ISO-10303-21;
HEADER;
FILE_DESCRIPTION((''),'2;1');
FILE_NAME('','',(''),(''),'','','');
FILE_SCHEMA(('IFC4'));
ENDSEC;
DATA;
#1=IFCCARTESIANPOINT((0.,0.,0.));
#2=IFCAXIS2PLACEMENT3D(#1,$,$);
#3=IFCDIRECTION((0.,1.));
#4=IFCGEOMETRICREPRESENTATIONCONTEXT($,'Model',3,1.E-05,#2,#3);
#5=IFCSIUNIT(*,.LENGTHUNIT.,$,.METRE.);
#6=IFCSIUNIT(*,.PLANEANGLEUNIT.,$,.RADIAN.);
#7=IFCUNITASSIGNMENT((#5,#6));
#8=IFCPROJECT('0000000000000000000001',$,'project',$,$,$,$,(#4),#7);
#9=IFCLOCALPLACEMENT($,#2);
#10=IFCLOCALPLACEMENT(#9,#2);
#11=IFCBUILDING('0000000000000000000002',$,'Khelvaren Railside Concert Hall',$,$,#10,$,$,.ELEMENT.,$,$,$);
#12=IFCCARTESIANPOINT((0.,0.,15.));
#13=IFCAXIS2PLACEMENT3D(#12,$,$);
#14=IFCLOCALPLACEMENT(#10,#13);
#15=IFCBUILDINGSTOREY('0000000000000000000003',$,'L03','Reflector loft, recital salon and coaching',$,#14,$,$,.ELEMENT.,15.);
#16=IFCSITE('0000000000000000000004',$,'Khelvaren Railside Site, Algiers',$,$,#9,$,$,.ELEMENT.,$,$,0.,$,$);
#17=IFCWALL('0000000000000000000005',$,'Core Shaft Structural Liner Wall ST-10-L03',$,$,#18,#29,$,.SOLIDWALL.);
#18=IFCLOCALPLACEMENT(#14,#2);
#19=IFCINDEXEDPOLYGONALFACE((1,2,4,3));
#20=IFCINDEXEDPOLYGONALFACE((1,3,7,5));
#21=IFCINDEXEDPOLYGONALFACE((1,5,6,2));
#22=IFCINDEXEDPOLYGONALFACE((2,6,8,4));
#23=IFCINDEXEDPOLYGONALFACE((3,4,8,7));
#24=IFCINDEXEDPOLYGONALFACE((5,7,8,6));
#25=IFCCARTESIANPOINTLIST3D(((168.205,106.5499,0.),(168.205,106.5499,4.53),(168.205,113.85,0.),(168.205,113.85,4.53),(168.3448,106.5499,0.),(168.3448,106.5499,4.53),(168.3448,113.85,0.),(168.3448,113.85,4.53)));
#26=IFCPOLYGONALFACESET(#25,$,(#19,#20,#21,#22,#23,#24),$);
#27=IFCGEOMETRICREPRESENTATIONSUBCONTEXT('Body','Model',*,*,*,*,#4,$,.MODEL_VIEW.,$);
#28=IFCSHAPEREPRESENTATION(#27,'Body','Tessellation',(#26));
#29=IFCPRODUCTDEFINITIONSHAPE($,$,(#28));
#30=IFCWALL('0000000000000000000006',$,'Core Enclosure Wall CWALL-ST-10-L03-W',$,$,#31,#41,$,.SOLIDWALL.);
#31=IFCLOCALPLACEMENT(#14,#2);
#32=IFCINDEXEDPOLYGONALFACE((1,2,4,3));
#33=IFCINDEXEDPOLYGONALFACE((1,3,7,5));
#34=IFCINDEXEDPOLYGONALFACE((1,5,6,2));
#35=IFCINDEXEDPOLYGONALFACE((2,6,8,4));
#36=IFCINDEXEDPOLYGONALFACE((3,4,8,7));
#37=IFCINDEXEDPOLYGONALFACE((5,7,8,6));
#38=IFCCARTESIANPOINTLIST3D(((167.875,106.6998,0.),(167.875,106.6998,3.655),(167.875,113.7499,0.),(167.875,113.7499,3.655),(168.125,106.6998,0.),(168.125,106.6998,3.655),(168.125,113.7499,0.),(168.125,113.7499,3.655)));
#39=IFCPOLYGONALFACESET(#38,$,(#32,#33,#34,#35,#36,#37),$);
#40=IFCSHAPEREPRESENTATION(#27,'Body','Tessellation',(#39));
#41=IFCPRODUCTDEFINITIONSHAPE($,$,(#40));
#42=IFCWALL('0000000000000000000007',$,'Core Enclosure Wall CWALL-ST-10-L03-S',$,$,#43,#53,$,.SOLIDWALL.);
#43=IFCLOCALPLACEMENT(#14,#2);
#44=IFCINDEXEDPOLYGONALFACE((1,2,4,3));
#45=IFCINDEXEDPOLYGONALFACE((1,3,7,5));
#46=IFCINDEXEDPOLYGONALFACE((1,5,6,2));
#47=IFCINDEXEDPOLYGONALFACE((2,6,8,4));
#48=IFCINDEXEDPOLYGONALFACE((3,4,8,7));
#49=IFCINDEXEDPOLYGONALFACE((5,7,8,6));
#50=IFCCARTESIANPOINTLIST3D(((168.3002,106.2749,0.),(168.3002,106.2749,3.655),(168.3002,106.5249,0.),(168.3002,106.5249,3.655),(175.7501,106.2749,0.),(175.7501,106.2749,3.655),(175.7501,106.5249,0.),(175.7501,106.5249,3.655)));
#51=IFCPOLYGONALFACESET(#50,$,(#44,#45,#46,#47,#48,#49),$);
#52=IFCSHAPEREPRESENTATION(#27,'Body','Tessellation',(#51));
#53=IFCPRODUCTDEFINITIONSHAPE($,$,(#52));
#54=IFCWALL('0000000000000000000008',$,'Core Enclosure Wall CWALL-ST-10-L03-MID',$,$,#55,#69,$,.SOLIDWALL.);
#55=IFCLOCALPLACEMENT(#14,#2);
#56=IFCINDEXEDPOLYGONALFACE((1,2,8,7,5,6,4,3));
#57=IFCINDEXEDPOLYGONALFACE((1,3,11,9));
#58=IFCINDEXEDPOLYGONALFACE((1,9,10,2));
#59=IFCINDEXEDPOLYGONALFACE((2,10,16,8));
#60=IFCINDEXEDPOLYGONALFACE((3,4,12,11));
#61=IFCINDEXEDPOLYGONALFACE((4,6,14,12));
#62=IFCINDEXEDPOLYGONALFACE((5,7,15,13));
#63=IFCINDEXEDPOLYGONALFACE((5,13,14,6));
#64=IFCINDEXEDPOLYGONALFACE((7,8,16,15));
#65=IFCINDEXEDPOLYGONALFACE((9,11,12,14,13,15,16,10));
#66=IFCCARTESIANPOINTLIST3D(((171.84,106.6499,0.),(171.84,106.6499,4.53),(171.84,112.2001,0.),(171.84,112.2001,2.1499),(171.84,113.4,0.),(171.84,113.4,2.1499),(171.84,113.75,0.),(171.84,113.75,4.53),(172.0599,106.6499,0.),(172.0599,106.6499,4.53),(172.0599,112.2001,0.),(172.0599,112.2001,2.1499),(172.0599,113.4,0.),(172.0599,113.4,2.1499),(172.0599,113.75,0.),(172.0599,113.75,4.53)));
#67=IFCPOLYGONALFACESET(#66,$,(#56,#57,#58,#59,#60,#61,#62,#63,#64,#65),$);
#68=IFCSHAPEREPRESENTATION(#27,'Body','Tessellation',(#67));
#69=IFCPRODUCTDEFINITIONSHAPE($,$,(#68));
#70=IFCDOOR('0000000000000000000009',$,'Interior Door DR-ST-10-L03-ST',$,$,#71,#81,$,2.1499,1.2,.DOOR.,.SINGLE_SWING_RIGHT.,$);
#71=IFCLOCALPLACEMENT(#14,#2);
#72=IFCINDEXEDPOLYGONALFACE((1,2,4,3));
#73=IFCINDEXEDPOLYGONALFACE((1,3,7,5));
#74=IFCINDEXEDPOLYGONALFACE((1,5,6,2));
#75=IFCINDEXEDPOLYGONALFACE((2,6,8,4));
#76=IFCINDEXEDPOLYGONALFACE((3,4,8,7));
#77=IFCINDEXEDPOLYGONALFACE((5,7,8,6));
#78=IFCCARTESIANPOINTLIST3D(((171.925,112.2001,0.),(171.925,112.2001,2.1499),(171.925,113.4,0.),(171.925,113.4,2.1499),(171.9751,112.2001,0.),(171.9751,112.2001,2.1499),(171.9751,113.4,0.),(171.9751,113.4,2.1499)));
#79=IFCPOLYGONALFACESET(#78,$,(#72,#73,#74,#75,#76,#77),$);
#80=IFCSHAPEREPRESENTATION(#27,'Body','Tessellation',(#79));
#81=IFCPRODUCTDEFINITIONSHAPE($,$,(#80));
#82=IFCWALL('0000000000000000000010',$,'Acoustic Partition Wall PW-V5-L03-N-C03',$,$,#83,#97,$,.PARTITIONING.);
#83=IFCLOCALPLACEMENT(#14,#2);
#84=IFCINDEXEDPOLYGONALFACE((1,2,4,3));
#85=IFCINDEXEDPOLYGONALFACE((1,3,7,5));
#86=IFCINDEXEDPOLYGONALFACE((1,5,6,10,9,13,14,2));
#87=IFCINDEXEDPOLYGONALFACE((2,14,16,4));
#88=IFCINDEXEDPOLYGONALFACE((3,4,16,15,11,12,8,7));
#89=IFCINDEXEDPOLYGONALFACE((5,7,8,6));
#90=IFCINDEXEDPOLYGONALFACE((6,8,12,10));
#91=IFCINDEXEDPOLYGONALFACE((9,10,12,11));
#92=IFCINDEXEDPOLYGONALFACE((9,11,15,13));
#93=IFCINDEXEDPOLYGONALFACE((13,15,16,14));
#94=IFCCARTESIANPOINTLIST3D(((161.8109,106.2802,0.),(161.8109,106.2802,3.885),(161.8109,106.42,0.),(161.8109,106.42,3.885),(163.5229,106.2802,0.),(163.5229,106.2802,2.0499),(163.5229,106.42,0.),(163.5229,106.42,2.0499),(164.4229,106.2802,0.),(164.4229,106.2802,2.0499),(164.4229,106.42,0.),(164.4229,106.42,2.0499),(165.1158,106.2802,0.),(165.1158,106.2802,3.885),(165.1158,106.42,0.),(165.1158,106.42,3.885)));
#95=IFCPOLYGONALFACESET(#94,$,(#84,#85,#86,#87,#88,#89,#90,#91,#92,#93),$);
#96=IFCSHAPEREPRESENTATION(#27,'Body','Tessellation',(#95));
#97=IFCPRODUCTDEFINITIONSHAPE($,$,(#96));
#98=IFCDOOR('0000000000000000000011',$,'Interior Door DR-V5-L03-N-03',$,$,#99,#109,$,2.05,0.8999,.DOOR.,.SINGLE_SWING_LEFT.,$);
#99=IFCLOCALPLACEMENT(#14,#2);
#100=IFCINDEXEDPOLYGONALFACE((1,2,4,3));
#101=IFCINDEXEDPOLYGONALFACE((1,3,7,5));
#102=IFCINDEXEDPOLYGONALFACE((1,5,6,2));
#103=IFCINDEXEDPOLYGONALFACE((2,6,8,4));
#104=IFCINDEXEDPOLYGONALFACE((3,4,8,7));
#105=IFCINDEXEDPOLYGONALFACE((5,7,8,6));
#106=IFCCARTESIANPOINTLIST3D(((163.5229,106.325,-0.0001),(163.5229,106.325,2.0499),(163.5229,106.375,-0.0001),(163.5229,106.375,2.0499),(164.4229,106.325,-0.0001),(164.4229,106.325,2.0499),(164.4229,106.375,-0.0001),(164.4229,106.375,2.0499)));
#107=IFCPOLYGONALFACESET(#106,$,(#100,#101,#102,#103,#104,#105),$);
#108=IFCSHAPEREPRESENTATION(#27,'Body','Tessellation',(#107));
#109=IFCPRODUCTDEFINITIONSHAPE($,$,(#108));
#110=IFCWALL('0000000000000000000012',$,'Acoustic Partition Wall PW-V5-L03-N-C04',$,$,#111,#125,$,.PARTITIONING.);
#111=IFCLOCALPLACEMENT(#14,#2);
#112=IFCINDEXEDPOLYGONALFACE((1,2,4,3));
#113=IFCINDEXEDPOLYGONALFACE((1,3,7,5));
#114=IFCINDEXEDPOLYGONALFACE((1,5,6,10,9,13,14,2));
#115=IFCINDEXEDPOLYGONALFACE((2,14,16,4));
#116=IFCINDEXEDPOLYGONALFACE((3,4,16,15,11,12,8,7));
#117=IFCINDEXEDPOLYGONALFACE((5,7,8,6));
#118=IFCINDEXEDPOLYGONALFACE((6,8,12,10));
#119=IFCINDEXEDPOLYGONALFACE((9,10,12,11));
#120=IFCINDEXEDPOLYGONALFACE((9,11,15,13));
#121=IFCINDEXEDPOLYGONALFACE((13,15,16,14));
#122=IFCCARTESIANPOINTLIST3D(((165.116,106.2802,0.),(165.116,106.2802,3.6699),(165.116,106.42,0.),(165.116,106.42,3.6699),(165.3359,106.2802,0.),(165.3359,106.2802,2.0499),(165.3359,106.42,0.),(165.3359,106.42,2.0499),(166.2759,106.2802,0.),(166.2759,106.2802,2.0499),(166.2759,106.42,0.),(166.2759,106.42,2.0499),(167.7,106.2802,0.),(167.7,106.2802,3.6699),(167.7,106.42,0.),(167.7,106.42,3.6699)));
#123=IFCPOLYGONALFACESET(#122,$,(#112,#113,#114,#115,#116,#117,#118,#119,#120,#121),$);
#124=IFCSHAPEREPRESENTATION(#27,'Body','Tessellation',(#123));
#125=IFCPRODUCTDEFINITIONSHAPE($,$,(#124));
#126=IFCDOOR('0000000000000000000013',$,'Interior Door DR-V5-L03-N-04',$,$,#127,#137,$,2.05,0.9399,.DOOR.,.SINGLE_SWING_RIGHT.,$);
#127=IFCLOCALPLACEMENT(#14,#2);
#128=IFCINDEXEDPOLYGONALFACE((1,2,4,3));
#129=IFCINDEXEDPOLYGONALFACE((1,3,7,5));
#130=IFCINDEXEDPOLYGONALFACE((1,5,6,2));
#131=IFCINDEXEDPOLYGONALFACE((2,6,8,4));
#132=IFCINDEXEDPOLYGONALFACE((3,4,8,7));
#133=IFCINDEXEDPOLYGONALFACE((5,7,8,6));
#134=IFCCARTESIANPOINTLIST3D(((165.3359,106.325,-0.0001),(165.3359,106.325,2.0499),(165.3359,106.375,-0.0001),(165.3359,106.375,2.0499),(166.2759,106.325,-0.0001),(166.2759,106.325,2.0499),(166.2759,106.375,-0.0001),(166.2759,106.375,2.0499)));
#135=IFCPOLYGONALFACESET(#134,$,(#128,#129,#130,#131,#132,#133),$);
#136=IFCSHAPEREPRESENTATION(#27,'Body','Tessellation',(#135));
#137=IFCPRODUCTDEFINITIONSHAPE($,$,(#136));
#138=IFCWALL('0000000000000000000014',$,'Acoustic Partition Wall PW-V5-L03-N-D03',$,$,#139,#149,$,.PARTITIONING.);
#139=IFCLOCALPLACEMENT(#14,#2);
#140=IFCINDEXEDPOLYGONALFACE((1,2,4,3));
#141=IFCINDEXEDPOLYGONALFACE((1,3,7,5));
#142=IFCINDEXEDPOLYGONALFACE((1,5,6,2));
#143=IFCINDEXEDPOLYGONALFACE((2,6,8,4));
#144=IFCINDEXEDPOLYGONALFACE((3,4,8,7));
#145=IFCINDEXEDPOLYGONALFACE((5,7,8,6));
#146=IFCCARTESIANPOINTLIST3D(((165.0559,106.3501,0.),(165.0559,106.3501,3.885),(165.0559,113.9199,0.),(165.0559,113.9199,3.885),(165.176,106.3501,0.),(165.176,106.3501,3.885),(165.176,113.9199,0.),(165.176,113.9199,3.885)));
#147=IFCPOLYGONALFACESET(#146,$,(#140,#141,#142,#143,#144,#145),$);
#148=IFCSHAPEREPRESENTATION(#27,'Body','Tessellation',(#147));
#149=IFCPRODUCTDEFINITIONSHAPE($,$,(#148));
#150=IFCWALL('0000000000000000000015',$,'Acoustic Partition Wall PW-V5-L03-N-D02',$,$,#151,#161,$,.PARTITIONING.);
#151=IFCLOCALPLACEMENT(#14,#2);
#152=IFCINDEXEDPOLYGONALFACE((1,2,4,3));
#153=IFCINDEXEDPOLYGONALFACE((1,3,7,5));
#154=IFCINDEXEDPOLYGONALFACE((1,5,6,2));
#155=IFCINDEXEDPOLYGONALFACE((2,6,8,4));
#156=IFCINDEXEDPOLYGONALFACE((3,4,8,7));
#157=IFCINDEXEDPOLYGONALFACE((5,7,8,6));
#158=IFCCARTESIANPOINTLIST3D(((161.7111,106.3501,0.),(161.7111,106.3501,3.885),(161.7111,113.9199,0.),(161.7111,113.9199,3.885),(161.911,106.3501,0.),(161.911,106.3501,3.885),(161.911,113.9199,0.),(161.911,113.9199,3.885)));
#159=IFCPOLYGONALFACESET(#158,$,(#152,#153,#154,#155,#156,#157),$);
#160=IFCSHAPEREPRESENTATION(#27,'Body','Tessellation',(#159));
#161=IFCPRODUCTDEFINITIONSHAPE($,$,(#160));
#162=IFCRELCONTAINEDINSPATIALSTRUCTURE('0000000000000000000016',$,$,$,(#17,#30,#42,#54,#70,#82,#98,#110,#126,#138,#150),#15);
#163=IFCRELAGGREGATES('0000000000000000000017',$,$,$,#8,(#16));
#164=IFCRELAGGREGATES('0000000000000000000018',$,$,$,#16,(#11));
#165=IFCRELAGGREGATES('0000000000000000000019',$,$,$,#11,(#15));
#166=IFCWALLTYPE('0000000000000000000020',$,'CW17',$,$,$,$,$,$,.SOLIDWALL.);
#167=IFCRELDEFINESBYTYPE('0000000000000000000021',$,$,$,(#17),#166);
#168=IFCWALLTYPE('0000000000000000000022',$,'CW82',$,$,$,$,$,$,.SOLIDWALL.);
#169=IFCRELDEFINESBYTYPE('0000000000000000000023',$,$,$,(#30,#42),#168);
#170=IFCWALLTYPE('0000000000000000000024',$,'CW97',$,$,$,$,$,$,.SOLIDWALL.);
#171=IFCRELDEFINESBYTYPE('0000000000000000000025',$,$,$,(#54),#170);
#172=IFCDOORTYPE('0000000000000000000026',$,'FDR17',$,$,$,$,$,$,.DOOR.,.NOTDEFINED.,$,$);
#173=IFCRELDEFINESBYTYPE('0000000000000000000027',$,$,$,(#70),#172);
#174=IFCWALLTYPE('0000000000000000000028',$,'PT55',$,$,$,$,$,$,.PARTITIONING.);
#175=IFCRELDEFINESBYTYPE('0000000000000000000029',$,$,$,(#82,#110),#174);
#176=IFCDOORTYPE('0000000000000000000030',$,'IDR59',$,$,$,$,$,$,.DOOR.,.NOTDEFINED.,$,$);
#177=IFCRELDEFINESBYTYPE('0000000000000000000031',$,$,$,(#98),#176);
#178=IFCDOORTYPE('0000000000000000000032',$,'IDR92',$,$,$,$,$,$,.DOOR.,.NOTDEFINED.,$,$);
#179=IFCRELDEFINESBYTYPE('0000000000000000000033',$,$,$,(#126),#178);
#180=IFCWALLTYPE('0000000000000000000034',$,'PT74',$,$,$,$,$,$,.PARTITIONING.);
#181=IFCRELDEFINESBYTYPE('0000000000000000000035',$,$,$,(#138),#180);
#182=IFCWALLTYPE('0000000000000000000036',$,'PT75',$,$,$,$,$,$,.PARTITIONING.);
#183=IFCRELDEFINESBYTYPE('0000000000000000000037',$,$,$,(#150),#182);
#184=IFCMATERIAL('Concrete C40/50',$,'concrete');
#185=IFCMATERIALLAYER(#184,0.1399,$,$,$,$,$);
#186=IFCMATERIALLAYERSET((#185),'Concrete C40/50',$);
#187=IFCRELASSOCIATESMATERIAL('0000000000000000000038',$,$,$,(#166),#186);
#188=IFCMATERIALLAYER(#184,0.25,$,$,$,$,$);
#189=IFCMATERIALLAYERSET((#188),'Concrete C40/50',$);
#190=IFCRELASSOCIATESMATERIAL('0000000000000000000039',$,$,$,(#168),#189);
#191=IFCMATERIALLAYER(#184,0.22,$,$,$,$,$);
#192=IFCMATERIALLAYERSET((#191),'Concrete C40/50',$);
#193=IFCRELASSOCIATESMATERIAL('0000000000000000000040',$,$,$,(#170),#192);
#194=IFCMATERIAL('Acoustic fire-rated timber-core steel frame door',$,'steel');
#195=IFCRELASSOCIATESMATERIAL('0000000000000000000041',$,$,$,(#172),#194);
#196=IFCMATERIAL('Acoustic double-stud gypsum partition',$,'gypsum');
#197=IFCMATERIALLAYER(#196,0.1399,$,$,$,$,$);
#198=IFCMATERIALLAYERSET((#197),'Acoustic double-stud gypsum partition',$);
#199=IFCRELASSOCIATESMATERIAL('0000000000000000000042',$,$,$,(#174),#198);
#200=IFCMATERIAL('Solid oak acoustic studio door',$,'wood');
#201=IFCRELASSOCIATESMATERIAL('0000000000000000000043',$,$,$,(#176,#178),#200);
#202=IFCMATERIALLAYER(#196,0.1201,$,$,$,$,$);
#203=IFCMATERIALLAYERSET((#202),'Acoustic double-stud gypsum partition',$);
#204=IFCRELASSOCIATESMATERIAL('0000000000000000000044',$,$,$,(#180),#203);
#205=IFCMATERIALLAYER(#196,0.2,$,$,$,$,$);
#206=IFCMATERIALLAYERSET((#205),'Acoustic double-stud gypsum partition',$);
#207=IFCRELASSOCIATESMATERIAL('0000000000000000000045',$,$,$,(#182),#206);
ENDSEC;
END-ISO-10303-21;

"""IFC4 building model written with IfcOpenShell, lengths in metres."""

from ifc_helpers import new_model, si_unit, direction, frame, frame_2d, origin, place, context, subcontext, project, spatial, rectangle, extrude, material, layer, layer_set, type_object, element, fill, save


model = new_model("IFC4")

# Units and contexts
model_context = context("Model", 3, precision=1e-05, world=origin(), true_north=direction((0.0, 1.0)))
body_context = subcontext(model_context, "Body", "Model", "MODEL_VIEW")
ifc_project = project(units=[si_unit("LENGTHUNIT", "METRE"), si_unit("PLANEANGLEUNIT", "RADIAN")], contexts=[model_context])

# Site, building, storey
site_placement = place(None, origin())
site = spatial("IfcSite", under=ifc_project, at=site_placement, Name="Khelvaren Railside Site, Algiers", CompositionType="ELEMENT", RefElevation=0.0)
building_placement = place(site_placement, origin())
building = spatial("IfcBuilding", under=site, at=building_placement, Name="Khelvaren Railside Concert Hall", CompositionType="ELEMENT")
storey_placement = place(building_placement, frame((0.0, 0.0, 15.0)))
storey = spatial("IfcBuildingStorey", under=building, at=storey_placement, Name="L03", Description="Reflector loft, recital salon and coaching", CompositionType="ELEMENT", Elevation=15.0)

# Shared definitions
ifc_material_1 = material(Name="Concrete C40/50", Category="concrete")

# Walls
ifc_layer_1 = layer(ifc_material_1, 0.1399)
ifc_layer_set_1 = layer_set([ifc_layer_1], Name="Concrete C40/50")
wall_type_1 = type_object("IfcWallType", Name="CW17", PredefinedType="SOLIDWALL", material=ifc_layer_set_1)
wall_1_placement = place(storey_placement, frame((168.2749, 106.55, 0.0), z_axis=(0.0, 0.0, 1.0), x_axis=(0.0, 1.0, 0.0)))
element("IfcWall", 1, at=wall_1_placement, inside=storey, type_object=wall_type_1, Name="Core Shaft Structural Liner Wall ST-10-L03", PredefinedType="SOLIDWALL", context=body_context, shape_type="SweptSolid", body=[
    extrude(rectangle(XDim=7.3, YDim=0.1399, at=frame_2d((3.6499, 0.0))), origin(), (0.0, 0.0, 1.0), 4.53),
])
ifc_layer_2 = layer(ifc_material_1, 0.25)
ifc_layer_set_2 = layer_set([ifc_layer_2], Name="Concrete C40/50")
wall_type_2 = type_object("IfcWallType", Name="CW82", PredefinedType="SOLIDWALL", material=ifc_layer_set_2)
wall_2_placement = place(storey_placement, frame((168.0, 106.7, 0.0), z_axis=(0.0, 0.0, 1.0), x_axis=(0.0, 1.0, 0.0)))
element("IfcWall", 2, at=wall_2_placement, inside=storey, type_object=wall_type_2, Name="Core Enclosure Wall CWALL-ST-10-L03-W", PredefinedType="SOLIDWALL", context=body_context, shape_type="SweptSolid", body=[
    extrude(rectangle(XDim=7.05, YDim=0.25, at=frame_2d((3.5249, 0.0))), origin(), (0.0, 0.0, 1.0), 3.655),
])
wall_3_placement = place(storey_placement, frame((168.3, 106.3999, 0.0), z_axis=(0.0, 0.0, 1.0), x_axis=(1.0, 0.0, 0.0)))
element("IfcWall", 3, at=wall_3_placement, inside=storey, type_object=wall_type_2, Name="Core Enclosure Wall CWALL-ST-10-L03-S", PredefinedType="SOLIDWALL", context=body_context, shape_type="SweptSolid", body=[
    extrude(rectangle(XDim=7.45, YDim=0.25, at=frame_2d((3.7251, 0.0))), origin(), (0.0, 0.0, 1.0), 3.655),
])

# Walls, openings, doors
ifc_layer_3 = layer(ifc_material_1, 0.22)
ifc_layer_set_3 = layer_set([ifc_layer_3], Name="Concrete C40/50")
wall_type_3 = type_object("IfcWallType", Name="CW97", PredefinedType="SOLIDWALL", material=ifc_layer_set_3)
wall_4_placement = place(storey_placement, frame((171.95, 106.6499, 0.0), z_axis=(0.0, 0.0, 1.0), x_axis=(0.0, 1.0, 0.0)))
wall_4 = element("IfcWall", 4, at=wall_4_placement, inside=storey, type_object=wall_type_3, Name="Core Enclosure Wall CWALL-ST-10-L03-MID", PredefinedType="SOLIDWALL", context=body_context, shape_type="SweptSolid", body=[
    extrude(rectangle(XDim=7.1001, YDim=0.22, at=frame_2d((3.55, 0.0))), origin(), (0.0, 0.0, 1.0), 4.53),
])
opening_1_placement = place(wall_4_placement, frame((5.55, 0.0, 0.0)))
opening_1 = element("IfcOpeningElement", 5, at=opening_1_placement, cuts=wall_4, PredefinedType="OPENING", context=body_context, shape_type="SweptSolid", body=[
    extrude(rectangle(XDim=1.2, YDim=2.1499, at=frame_2d((0.6001, 1.075))), frame((0.0, 0.1199, 0.0), z_axis=(0.0, -1.0, 0.0), x_axis=(1.0, 0.0, 0.0)), (0.0, 0.0, 1.0), 0.24),
])
ifc_material_2 = material(Name="Acoustic fire-rated timber-core steel frame door", Category="steel")
door_type_1 = type_object("IfcDoorType", Name="FDR17", OperationType="NOTDEFINED", PredefinedType="DOOR", material=ifc_material_2)
door_1_placement = place(opening_1_placement, origin())
door_1 = element("IfcDoor", 6, at=door_1_placement, inside=storey, type_object=door_type_1, Name="Interior Door DR-ST-10-L03-ST", OperationType="SINGLE_SWING_RIGHT", OverallHeight=2.1499, OverallWidth=1.2, PredefinedType="DOOR", context=body_context, shape_type="SweptSolid", body=[
    extrude(rectangle(XDim=1.2, YDim=2.1499, at=frame_2d((0.6001, 1.075))), frame((0.0, 0.0249, 0.0), z_axis=(0.0, -1.0, 0.0), x_axis=(1.0, 0.0, 0.0)), (0.0, 0.0, 1.0), 0.05),
])
fill(opening_1, door_1)
ifc_material_3 = material(Name="Acoustic double-stud gypsum partition", Category="gypsum")
ifc_layer_4 = layer(ifc_material_3, 0.1399)
ifc_layer_set_4 = layer_set([ifc_layer_4], Name="Acoustic double-stud gypsum partition")
wall_type_4 = type_object("IfcWallType", Name="PT55", PredefinedType="PARTITIONING", material=ifc_layer_set_4)
wall_5_placement = place(storey_placement, frame((161.811, 106.3501, 0.0), z_axis=(0.0, 0.0, 1.0), x_axis=(1.0, 0.0, 0.0)))
wall_5 = element("IfcWall", 7, at=wall_5_placement, inside=storey, type_object=wall_type_4, Name="Acoustic Partition Wall PW-V5-L03-N-C03", PredefinedType="PARTITIONING", context=body_context, shape_type="SweptSolid", body=[
    extrude(rectangle(XDim=3.3049, YDim=0.1399, at=frame_2d((1.6523, 0.0))), origin(), (0.0, 0.0, 1.0), 3.885),
])
opening_2_placement = place(wall_5_placement, frame((1.7119, 0.0, 0.0)))
opening_2 = element("IfcOpeningElement", 8, at=opening_2_placement, cuts=wall_5, PredefinedType="OPENING", context=body_context, shape_type="SweptSolid", body=[
    extrude(rectangle(XDim=0.8999, YDim=2.05, at=frame_2d((0.45, 1.0249))), frame((0.0, 0.0798, 0.0), z_axis=(0.0, -1.0, 0.0), x_axis=(1.0, 0.0, 0.0)), (0.0, 0.0, 1.0), 0.1599),
])
ifc_material_4 = material(Name="Solid oak acoustic studio door", Category="wood")
door_type_2 = type_object("IfcDoorType", Name="IDR59", OperationType="NOTDEFINED", PredefinedType="DOOR", material=ifc_material_4)
door_2_placement = place(opening_2_placement, origin())
door_2 = element("IfcDoor", 9, at=door_2_placement, inside=storey, type_object=door_type_2, Name="Interior Door DR-V5-L03-N-03", OperationType="SINGLE_SWING_LEFT", OverallHeight=2.05, OverallWidth=0.8999, PredefinedType="DOOR", context=body_context, shape_type="SweptSolid", body=[
    extrude(rectangle(XDim=0.8999, YDim=2.05, at=frame_2d((0.45, 1.0249))), frame((0.0, 0.0249, 0.0), z_axis=(0.0, -1.0, 0.0), x_axis=(1.0, 0.0, 0.0)), (0.0, 0.0, 1.0), 0.05),
])
fill(opening_2, door_2)
wall_6_placement = place(storey_placement, frame((165.116, 106.3501, 0.0), z_axis=(0.0, 0.0, 1.0), x_axis=(1.0, 0.0, 0.0)))
wall_6 = element("IfcWall", 10, at=wall_6_placement, inside=storey, type_object=wall_type_4, Name="Acoustic Partition Wall PW-V5-L03-N-C04", PredefinedType="PARTITIONING", context=body_context, shape_type="SweptSolid", body=[
    extrude(rectangle(XDim=2.584, YDim=0.1399, at=frame_2d((1.292, 0.0))), origin(), (0.0, 0.0, 1.0), 3.6699),
])
opening_3_placement = place(wall_6_placement, frame((0.22, 0.0, 0.0)))
opening_3 = element("IfcOpeningElement", 11, at=opening_3_placement, cuts=wall_6, PredefinedType="OPENING", context=body_context, shape_type="SweptSolid", body=[
    extrude(rectangle(XDim=0.9399, YDim=2.05, at=frame_2d((0.47, 1.0249))), frame((0.0, 0.0798, 0.0), z_axis=(0.0, -1.0, 0.0), x_axis=(1.0, 0.0, 0.0)), (0.0, 0.0, 1.0), 0.1599),
])
door_type_3 = type_object("IfcDoorType", Name="IDR92", OperationType="NOTDEFINED", PredefinedType="DOOR", material=ifc_material_4)
door_3_placement = place(opening_3_placement, origin())
door_3 = element("IfcDoor", 12, at=door_3_placement, inside=storey, type_object=door_type_3, Name="Interior Door DR-V5-L03-N-04", OperationType="SINGLE_SWING_RIGHT", OverallHeight=2.05, OverallWidth=0.9399, PredefinedType="DOOR", context=body_context, shape_type="SweptSolid", body=[
    extrude(rectangle(XDim=0.9399, YDim=2.05, at=frame_2d((0.47, 1.0249))), frame((0.0, 0.0249, 0.0), z_axis=(0.0, -1.0, 0.0), x_axis=(1.0, 0.0, 0.0)), (0.0, 0.0, 1.0), 0.05),
])
fill(opening_3, door_3)

# Walls
ifc_layer_5 = layer(ifc_material_3, 0.1201)
ifc_layer_set_5 = layer_set([ifc_layer_5], Name="Acoustic double-stud gypsum partition")
wall_type_5 = type_object("IfcWallType", Name="PT74", PredefinedType="PARTITIONING", material=ifc_layer_set_5)
wall_7_placement = place(storey_placement, frame((165.116, 106.3501, 0.0), z_axis=(0.0, 0.0, 1.0), x_axis=(0.0, 1.0, 0.0)))
element("IfcWall", 13, at=wall_7_placement, inside=storey, type_object=wall_type_5, Name="Acoustic Partition Wall PW-V5-L03-N-D03", PredefinedType="PARTITIONING", context=body_context, shape_type="SweptSolid", body=[
    extrude(rectangle(XDim=7.5698, YDim=0.1201, at=frame_2d((3.7849, 0.0))), origin(), (0.0, 0.0, 1.0), 3.885),
])
ifc_layer_6 = layer(ifc_material_3, 0.2)
ifc_layer_set_6 = layer_set([ifc_layer_6], Name="Acoustic double-stud gypsum partition")
wall_type_6 = type_object("IfcWallType", Name="PT75", PredefinedType="PARTITIONING", material=ifc_layer_set_6)
wall_8_placement = place(storey_placement, frame((161.811, 106.3501, 0.0), z_axis=(0.0, 0.0, 1.0), x_axis=(0.0, 1.0, 0.0)))
element("IfcWall", 14, at=wall_8_placement, inside=storey, type_object=wall_type_6, Name="Acoustic Partition Wall PW-V5-L03-N-D02", PredefinedType="PARTITIONING", context=body_context, shape_type="SweptSolid", body=[
    extrude(rectangle(XDim=7.5698, YDim=0.2, at=frame_2d((3.7849, 0.0))), origin(), (0.0, 0.0, 1.0), 3.885),
])

save(model, "model.ifc")
